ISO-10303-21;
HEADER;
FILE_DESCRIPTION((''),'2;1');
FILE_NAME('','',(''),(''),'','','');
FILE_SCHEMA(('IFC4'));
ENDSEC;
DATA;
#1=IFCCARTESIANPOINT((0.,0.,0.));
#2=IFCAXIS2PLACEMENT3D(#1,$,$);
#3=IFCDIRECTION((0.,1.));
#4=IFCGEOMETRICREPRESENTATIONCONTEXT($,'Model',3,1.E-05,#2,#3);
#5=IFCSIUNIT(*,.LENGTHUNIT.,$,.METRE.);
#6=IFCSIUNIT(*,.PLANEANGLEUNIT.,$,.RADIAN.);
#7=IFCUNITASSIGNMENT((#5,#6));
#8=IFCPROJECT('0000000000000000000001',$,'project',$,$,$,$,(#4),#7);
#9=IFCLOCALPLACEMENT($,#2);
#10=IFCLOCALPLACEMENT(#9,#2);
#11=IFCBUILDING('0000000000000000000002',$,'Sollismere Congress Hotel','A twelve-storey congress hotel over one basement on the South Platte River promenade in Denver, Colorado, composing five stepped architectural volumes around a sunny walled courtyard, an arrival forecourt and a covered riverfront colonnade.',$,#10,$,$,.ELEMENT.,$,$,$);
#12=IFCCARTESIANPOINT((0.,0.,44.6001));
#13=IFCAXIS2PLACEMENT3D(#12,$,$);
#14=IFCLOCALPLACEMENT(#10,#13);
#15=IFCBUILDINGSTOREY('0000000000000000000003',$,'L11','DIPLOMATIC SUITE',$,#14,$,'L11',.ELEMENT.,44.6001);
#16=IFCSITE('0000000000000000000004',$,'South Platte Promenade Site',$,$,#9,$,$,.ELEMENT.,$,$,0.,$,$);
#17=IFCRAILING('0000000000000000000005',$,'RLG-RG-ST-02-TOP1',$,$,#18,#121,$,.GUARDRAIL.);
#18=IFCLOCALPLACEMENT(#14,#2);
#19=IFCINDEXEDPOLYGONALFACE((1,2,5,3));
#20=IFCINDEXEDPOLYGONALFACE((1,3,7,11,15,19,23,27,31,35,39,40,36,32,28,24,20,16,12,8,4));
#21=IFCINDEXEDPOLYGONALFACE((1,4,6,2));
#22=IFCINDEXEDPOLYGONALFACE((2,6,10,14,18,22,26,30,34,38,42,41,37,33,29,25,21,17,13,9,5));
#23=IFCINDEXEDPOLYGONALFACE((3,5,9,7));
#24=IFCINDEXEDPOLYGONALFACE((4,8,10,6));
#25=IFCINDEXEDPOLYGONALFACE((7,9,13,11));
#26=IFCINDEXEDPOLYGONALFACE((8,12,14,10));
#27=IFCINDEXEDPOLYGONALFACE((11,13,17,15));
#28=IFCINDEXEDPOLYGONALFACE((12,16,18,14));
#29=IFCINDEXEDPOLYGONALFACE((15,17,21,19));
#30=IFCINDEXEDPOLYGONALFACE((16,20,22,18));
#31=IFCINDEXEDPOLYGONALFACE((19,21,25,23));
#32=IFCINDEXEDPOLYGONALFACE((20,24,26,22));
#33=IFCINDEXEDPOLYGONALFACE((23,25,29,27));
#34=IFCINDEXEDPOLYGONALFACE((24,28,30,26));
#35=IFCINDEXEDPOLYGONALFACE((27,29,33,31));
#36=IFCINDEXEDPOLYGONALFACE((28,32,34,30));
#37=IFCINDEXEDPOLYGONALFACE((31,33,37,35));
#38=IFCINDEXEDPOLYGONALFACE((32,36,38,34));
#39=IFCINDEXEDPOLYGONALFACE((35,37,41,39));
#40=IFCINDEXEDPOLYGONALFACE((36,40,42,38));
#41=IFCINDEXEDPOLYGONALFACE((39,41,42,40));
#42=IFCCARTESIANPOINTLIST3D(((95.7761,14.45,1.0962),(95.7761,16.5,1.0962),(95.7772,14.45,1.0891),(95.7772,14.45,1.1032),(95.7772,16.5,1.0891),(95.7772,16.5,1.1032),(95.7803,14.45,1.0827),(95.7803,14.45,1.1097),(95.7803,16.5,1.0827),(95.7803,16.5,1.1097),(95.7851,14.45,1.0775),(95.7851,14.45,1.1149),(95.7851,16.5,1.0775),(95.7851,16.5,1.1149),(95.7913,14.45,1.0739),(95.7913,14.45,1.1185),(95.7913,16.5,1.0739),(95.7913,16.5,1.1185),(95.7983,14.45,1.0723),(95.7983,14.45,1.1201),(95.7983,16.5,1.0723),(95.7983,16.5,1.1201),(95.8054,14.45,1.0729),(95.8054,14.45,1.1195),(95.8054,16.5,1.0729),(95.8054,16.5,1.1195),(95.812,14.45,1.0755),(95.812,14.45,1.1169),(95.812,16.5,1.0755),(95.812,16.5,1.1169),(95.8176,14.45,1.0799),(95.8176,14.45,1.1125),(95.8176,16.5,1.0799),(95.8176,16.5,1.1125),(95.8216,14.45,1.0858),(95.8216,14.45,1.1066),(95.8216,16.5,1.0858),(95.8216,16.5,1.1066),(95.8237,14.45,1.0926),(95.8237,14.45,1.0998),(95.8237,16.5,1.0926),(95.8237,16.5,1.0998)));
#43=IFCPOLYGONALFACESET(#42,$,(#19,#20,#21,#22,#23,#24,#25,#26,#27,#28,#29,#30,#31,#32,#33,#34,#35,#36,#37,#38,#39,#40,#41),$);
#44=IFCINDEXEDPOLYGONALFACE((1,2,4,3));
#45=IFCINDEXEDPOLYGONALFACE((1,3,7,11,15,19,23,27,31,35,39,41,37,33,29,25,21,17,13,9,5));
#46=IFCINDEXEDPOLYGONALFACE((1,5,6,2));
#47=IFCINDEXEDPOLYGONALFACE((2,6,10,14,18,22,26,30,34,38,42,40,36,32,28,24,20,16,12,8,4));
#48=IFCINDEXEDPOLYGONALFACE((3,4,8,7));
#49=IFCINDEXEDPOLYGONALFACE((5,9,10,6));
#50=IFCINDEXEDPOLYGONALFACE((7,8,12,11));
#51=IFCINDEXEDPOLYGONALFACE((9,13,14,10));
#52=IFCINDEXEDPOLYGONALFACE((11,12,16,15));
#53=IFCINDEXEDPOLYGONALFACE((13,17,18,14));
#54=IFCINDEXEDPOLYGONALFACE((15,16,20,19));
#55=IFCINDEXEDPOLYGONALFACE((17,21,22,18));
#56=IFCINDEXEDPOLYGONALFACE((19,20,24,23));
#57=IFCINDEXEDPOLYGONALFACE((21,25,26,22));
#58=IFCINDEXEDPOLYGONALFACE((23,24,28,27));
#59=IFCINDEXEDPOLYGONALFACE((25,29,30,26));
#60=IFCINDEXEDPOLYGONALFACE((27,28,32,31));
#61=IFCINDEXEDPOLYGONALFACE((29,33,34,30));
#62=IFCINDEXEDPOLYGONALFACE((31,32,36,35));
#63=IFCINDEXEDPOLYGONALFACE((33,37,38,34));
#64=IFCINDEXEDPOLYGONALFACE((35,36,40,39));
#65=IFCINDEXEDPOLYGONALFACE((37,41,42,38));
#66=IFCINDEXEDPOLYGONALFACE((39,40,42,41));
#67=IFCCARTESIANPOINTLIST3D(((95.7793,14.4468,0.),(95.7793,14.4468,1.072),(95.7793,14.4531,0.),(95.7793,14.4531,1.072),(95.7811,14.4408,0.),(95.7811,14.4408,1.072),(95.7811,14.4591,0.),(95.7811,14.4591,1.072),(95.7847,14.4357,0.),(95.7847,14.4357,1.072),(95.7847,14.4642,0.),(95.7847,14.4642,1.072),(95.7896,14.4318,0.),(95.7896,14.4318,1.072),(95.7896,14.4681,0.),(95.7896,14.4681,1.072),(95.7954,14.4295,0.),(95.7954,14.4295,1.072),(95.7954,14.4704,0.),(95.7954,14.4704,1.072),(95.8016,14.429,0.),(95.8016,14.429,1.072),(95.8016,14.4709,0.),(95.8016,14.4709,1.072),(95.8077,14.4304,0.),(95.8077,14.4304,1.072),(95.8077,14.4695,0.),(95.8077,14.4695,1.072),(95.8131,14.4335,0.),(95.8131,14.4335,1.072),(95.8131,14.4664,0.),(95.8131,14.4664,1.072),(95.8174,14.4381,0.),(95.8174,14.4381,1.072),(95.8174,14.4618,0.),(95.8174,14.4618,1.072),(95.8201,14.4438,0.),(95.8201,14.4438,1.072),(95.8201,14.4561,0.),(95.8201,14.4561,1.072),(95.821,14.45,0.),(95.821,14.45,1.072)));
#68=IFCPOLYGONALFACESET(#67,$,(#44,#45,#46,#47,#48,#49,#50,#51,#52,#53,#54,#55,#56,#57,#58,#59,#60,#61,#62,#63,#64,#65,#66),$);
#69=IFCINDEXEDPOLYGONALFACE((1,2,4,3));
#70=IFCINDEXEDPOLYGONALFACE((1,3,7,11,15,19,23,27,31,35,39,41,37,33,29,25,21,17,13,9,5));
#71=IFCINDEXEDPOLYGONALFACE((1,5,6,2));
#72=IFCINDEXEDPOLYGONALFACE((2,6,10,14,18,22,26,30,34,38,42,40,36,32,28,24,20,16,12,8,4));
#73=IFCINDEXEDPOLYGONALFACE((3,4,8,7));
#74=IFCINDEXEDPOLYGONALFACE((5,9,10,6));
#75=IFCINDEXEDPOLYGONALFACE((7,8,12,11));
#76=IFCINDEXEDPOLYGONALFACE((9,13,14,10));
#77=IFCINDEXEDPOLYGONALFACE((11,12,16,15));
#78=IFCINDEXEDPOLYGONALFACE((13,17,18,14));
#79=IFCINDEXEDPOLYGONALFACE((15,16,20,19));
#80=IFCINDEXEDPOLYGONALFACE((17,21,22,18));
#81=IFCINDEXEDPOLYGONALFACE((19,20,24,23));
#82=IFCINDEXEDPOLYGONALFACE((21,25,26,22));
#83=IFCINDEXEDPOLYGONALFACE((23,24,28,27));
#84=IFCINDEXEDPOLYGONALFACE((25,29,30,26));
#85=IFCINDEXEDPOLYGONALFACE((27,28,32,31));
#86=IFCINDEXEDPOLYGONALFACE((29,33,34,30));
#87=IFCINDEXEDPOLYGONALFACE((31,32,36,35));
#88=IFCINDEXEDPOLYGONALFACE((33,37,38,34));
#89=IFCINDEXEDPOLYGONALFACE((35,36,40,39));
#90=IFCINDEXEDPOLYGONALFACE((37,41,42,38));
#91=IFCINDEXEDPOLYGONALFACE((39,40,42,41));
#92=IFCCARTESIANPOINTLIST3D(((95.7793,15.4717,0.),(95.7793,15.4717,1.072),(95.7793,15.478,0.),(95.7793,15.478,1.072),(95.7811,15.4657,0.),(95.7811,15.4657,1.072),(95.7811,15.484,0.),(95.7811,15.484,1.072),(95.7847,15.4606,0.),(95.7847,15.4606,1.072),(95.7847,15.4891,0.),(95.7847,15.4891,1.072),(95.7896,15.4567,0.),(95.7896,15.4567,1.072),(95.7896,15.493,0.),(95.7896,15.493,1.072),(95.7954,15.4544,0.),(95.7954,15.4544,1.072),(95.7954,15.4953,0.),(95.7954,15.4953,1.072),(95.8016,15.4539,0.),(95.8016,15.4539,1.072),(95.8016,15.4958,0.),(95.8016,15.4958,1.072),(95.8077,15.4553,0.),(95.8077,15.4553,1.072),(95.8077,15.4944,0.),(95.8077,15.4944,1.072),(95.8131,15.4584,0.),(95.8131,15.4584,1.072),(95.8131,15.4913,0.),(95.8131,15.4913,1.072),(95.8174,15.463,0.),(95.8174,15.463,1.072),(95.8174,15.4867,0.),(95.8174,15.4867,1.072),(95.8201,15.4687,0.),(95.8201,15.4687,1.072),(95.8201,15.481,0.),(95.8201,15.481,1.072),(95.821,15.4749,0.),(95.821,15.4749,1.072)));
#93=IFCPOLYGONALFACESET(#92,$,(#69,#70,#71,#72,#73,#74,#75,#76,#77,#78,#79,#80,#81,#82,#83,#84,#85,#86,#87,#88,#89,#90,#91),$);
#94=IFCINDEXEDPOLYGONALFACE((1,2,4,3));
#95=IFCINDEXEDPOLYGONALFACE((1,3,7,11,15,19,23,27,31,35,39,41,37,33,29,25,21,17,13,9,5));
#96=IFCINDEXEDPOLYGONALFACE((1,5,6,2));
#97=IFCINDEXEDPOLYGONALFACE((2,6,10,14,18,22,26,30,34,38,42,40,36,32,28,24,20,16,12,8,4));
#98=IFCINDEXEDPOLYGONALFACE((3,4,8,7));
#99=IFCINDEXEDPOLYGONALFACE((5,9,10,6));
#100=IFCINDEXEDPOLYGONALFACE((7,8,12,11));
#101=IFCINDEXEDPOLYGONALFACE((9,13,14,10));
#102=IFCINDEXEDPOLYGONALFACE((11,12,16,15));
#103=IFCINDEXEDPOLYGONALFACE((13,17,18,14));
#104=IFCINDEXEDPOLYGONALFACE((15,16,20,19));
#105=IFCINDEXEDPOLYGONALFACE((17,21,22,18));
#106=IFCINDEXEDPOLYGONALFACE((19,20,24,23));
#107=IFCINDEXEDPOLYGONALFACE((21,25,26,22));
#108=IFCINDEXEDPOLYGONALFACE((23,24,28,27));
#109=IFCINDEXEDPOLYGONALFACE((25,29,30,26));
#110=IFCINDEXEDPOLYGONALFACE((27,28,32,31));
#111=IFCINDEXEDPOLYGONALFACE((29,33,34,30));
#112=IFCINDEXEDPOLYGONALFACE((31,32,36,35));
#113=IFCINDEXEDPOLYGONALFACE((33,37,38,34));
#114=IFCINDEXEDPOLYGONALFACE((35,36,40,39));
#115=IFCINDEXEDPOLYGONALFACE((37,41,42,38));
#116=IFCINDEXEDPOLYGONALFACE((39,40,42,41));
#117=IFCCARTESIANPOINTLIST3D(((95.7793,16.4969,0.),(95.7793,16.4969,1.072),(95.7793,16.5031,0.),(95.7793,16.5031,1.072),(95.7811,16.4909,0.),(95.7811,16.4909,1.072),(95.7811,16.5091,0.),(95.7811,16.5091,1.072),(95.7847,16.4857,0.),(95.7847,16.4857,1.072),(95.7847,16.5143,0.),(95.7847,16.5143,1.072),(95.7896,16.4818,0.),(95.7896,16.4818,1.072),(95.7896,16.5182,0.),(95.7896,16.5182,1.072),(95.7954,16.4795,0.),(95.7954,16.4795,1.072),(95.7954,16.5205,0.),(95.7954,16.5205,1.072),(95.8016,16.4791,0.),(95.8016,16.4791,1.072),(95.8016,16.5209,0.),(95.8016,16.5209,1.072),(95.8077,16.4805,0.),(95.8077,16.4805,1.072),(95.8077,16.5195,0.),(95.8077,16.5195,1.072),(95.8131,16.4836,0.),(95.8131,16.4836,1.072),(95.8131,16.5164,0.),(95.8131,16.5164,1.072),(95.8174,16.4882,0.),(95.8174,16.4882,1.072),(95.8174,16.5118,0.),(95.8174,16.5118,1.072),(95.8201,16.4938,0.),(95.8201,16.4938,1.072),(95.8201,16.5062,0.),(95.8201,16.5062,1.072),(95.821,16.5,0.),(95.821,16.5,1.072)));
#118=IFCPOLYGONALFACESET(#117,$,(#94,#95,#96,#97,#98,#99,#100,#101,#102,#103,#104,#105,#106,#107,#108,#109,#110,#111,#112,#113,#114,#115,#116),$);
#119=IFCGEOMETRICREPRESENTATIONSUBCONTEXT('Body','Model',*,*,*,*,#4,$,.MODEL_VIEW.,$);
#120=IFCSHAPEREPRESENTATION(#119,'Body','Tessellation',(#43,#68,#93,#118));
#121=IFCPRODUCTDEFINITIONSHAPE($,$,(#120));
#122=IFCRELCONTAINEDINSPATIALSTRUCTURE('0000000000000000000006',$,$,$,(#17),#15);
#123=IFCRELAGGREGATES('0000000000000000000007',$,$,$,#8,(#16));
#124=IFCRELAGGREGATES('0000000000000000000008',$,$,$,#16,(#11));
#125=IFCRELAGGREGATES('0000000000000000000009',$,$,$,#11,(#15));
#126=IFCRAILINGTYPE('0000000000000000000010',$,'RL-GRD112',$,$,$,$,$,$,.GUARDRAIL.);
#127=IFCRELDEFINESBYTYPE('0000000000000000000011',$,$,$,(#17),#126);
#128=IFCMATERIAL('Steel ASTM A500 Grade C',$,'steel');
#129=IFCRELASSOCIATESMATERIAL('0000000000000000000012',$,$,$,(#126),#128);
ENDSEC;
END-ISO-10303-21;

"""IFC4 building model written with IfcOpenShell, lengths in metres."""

from ifc_helpers import new_model, si_unit, direction, frame, origin, origin_2d, place, context, subcontext, project, spatial, circle, extrude, material, type_object, element, save


model = new_model("IFC4")

# Units and contexts
model_context = context("Model", 3, precision=1e-05, world=origin(), true_north=direction((0.0, 1.0)))
body_context = subcontext(model_context, "Body", "Model", "MODEL_VIEW")
ifc_project = project(units=[si_unit("LENGTHUNIT", "METRE"), si_unit("PLANEANGLEUNIT", "RADIAN")], contexts=[model_context])

# Site, building, storey
site_placement = place(None, origin())
site = spatial("IfcSite", under=ifc_project, at=site_placement, Name="South Platte Promenade Site", CompositionType="ELEMENT", RefElevation=0.0)
building_placement = place(site_placement, origin())
building = spatial("IfcBuilding", under=site, at=building_placement, Name="Sollismere Congress Hotel", Description="A twelve-storey congress hotel over one basement on the South Platte River promenade in Denver, Colorado, composing five stepped architectural volumes around a sunny walled courtyard, an arrival forecourt and a covered riverfront colonnade.", CompositionType="ELEMENT")
storey_placement = place(building_placement, frame((0.0, 0.0, 44.6001)))
storey = spatial("IfcBuildingStorey", under=building, at=storey_placement, Name="L11", Description="DIPLOMATIC SUITE", LongName="L11", CompositionType="ELEMENT", Elevation=44.6001)

# Railing
ifc_material_1 = material(Name="Steel ASTM A500 Grade C", Category="steel")
railing_type = type_object("IfcRailingType", Name="RL-GRD112", PredefinedType="GUARDRAIL", material=ifc_material_1)
railing_placement = place(storey_placement, frame((95.8, 14.45, 0.0)))
element("IfcRailing", 1, at=railing_placement, inside=storey, type_object=railing_type, Name="RLG-RG-ST-02-TOP1", PredefinedType="GUARDRAIL", context=body_context, shape_type="SweptSolid", body=[
    extrude(circle(Radius=0.0239, at=origin_2d()), frame((0.0, 0.0, 1.0962), z_axis=(0.0, 1.0, 0.0), x_axis=(-1.0, 0.0, 0.0)), (0.0, 0.0, 1.0), 2.05),
    extrude(circle(Radius=0.021, at=origin_2d()), origin(), (0.0, 0.0, 1.0), 1.072),
    extrude(circle(Radius=0.021, at=origin_2d()), frame((0.0, 1.0249, 0.0)), (0.0, 0.0, 1.0), 1.072),
    extrude(circle(Radius=0.021, at=origin_2d()), frame((0.0, 2.05, 0.0)), (0.0, 0.0, 1.0), 1.072),
])

save(model, "model.ifc")
